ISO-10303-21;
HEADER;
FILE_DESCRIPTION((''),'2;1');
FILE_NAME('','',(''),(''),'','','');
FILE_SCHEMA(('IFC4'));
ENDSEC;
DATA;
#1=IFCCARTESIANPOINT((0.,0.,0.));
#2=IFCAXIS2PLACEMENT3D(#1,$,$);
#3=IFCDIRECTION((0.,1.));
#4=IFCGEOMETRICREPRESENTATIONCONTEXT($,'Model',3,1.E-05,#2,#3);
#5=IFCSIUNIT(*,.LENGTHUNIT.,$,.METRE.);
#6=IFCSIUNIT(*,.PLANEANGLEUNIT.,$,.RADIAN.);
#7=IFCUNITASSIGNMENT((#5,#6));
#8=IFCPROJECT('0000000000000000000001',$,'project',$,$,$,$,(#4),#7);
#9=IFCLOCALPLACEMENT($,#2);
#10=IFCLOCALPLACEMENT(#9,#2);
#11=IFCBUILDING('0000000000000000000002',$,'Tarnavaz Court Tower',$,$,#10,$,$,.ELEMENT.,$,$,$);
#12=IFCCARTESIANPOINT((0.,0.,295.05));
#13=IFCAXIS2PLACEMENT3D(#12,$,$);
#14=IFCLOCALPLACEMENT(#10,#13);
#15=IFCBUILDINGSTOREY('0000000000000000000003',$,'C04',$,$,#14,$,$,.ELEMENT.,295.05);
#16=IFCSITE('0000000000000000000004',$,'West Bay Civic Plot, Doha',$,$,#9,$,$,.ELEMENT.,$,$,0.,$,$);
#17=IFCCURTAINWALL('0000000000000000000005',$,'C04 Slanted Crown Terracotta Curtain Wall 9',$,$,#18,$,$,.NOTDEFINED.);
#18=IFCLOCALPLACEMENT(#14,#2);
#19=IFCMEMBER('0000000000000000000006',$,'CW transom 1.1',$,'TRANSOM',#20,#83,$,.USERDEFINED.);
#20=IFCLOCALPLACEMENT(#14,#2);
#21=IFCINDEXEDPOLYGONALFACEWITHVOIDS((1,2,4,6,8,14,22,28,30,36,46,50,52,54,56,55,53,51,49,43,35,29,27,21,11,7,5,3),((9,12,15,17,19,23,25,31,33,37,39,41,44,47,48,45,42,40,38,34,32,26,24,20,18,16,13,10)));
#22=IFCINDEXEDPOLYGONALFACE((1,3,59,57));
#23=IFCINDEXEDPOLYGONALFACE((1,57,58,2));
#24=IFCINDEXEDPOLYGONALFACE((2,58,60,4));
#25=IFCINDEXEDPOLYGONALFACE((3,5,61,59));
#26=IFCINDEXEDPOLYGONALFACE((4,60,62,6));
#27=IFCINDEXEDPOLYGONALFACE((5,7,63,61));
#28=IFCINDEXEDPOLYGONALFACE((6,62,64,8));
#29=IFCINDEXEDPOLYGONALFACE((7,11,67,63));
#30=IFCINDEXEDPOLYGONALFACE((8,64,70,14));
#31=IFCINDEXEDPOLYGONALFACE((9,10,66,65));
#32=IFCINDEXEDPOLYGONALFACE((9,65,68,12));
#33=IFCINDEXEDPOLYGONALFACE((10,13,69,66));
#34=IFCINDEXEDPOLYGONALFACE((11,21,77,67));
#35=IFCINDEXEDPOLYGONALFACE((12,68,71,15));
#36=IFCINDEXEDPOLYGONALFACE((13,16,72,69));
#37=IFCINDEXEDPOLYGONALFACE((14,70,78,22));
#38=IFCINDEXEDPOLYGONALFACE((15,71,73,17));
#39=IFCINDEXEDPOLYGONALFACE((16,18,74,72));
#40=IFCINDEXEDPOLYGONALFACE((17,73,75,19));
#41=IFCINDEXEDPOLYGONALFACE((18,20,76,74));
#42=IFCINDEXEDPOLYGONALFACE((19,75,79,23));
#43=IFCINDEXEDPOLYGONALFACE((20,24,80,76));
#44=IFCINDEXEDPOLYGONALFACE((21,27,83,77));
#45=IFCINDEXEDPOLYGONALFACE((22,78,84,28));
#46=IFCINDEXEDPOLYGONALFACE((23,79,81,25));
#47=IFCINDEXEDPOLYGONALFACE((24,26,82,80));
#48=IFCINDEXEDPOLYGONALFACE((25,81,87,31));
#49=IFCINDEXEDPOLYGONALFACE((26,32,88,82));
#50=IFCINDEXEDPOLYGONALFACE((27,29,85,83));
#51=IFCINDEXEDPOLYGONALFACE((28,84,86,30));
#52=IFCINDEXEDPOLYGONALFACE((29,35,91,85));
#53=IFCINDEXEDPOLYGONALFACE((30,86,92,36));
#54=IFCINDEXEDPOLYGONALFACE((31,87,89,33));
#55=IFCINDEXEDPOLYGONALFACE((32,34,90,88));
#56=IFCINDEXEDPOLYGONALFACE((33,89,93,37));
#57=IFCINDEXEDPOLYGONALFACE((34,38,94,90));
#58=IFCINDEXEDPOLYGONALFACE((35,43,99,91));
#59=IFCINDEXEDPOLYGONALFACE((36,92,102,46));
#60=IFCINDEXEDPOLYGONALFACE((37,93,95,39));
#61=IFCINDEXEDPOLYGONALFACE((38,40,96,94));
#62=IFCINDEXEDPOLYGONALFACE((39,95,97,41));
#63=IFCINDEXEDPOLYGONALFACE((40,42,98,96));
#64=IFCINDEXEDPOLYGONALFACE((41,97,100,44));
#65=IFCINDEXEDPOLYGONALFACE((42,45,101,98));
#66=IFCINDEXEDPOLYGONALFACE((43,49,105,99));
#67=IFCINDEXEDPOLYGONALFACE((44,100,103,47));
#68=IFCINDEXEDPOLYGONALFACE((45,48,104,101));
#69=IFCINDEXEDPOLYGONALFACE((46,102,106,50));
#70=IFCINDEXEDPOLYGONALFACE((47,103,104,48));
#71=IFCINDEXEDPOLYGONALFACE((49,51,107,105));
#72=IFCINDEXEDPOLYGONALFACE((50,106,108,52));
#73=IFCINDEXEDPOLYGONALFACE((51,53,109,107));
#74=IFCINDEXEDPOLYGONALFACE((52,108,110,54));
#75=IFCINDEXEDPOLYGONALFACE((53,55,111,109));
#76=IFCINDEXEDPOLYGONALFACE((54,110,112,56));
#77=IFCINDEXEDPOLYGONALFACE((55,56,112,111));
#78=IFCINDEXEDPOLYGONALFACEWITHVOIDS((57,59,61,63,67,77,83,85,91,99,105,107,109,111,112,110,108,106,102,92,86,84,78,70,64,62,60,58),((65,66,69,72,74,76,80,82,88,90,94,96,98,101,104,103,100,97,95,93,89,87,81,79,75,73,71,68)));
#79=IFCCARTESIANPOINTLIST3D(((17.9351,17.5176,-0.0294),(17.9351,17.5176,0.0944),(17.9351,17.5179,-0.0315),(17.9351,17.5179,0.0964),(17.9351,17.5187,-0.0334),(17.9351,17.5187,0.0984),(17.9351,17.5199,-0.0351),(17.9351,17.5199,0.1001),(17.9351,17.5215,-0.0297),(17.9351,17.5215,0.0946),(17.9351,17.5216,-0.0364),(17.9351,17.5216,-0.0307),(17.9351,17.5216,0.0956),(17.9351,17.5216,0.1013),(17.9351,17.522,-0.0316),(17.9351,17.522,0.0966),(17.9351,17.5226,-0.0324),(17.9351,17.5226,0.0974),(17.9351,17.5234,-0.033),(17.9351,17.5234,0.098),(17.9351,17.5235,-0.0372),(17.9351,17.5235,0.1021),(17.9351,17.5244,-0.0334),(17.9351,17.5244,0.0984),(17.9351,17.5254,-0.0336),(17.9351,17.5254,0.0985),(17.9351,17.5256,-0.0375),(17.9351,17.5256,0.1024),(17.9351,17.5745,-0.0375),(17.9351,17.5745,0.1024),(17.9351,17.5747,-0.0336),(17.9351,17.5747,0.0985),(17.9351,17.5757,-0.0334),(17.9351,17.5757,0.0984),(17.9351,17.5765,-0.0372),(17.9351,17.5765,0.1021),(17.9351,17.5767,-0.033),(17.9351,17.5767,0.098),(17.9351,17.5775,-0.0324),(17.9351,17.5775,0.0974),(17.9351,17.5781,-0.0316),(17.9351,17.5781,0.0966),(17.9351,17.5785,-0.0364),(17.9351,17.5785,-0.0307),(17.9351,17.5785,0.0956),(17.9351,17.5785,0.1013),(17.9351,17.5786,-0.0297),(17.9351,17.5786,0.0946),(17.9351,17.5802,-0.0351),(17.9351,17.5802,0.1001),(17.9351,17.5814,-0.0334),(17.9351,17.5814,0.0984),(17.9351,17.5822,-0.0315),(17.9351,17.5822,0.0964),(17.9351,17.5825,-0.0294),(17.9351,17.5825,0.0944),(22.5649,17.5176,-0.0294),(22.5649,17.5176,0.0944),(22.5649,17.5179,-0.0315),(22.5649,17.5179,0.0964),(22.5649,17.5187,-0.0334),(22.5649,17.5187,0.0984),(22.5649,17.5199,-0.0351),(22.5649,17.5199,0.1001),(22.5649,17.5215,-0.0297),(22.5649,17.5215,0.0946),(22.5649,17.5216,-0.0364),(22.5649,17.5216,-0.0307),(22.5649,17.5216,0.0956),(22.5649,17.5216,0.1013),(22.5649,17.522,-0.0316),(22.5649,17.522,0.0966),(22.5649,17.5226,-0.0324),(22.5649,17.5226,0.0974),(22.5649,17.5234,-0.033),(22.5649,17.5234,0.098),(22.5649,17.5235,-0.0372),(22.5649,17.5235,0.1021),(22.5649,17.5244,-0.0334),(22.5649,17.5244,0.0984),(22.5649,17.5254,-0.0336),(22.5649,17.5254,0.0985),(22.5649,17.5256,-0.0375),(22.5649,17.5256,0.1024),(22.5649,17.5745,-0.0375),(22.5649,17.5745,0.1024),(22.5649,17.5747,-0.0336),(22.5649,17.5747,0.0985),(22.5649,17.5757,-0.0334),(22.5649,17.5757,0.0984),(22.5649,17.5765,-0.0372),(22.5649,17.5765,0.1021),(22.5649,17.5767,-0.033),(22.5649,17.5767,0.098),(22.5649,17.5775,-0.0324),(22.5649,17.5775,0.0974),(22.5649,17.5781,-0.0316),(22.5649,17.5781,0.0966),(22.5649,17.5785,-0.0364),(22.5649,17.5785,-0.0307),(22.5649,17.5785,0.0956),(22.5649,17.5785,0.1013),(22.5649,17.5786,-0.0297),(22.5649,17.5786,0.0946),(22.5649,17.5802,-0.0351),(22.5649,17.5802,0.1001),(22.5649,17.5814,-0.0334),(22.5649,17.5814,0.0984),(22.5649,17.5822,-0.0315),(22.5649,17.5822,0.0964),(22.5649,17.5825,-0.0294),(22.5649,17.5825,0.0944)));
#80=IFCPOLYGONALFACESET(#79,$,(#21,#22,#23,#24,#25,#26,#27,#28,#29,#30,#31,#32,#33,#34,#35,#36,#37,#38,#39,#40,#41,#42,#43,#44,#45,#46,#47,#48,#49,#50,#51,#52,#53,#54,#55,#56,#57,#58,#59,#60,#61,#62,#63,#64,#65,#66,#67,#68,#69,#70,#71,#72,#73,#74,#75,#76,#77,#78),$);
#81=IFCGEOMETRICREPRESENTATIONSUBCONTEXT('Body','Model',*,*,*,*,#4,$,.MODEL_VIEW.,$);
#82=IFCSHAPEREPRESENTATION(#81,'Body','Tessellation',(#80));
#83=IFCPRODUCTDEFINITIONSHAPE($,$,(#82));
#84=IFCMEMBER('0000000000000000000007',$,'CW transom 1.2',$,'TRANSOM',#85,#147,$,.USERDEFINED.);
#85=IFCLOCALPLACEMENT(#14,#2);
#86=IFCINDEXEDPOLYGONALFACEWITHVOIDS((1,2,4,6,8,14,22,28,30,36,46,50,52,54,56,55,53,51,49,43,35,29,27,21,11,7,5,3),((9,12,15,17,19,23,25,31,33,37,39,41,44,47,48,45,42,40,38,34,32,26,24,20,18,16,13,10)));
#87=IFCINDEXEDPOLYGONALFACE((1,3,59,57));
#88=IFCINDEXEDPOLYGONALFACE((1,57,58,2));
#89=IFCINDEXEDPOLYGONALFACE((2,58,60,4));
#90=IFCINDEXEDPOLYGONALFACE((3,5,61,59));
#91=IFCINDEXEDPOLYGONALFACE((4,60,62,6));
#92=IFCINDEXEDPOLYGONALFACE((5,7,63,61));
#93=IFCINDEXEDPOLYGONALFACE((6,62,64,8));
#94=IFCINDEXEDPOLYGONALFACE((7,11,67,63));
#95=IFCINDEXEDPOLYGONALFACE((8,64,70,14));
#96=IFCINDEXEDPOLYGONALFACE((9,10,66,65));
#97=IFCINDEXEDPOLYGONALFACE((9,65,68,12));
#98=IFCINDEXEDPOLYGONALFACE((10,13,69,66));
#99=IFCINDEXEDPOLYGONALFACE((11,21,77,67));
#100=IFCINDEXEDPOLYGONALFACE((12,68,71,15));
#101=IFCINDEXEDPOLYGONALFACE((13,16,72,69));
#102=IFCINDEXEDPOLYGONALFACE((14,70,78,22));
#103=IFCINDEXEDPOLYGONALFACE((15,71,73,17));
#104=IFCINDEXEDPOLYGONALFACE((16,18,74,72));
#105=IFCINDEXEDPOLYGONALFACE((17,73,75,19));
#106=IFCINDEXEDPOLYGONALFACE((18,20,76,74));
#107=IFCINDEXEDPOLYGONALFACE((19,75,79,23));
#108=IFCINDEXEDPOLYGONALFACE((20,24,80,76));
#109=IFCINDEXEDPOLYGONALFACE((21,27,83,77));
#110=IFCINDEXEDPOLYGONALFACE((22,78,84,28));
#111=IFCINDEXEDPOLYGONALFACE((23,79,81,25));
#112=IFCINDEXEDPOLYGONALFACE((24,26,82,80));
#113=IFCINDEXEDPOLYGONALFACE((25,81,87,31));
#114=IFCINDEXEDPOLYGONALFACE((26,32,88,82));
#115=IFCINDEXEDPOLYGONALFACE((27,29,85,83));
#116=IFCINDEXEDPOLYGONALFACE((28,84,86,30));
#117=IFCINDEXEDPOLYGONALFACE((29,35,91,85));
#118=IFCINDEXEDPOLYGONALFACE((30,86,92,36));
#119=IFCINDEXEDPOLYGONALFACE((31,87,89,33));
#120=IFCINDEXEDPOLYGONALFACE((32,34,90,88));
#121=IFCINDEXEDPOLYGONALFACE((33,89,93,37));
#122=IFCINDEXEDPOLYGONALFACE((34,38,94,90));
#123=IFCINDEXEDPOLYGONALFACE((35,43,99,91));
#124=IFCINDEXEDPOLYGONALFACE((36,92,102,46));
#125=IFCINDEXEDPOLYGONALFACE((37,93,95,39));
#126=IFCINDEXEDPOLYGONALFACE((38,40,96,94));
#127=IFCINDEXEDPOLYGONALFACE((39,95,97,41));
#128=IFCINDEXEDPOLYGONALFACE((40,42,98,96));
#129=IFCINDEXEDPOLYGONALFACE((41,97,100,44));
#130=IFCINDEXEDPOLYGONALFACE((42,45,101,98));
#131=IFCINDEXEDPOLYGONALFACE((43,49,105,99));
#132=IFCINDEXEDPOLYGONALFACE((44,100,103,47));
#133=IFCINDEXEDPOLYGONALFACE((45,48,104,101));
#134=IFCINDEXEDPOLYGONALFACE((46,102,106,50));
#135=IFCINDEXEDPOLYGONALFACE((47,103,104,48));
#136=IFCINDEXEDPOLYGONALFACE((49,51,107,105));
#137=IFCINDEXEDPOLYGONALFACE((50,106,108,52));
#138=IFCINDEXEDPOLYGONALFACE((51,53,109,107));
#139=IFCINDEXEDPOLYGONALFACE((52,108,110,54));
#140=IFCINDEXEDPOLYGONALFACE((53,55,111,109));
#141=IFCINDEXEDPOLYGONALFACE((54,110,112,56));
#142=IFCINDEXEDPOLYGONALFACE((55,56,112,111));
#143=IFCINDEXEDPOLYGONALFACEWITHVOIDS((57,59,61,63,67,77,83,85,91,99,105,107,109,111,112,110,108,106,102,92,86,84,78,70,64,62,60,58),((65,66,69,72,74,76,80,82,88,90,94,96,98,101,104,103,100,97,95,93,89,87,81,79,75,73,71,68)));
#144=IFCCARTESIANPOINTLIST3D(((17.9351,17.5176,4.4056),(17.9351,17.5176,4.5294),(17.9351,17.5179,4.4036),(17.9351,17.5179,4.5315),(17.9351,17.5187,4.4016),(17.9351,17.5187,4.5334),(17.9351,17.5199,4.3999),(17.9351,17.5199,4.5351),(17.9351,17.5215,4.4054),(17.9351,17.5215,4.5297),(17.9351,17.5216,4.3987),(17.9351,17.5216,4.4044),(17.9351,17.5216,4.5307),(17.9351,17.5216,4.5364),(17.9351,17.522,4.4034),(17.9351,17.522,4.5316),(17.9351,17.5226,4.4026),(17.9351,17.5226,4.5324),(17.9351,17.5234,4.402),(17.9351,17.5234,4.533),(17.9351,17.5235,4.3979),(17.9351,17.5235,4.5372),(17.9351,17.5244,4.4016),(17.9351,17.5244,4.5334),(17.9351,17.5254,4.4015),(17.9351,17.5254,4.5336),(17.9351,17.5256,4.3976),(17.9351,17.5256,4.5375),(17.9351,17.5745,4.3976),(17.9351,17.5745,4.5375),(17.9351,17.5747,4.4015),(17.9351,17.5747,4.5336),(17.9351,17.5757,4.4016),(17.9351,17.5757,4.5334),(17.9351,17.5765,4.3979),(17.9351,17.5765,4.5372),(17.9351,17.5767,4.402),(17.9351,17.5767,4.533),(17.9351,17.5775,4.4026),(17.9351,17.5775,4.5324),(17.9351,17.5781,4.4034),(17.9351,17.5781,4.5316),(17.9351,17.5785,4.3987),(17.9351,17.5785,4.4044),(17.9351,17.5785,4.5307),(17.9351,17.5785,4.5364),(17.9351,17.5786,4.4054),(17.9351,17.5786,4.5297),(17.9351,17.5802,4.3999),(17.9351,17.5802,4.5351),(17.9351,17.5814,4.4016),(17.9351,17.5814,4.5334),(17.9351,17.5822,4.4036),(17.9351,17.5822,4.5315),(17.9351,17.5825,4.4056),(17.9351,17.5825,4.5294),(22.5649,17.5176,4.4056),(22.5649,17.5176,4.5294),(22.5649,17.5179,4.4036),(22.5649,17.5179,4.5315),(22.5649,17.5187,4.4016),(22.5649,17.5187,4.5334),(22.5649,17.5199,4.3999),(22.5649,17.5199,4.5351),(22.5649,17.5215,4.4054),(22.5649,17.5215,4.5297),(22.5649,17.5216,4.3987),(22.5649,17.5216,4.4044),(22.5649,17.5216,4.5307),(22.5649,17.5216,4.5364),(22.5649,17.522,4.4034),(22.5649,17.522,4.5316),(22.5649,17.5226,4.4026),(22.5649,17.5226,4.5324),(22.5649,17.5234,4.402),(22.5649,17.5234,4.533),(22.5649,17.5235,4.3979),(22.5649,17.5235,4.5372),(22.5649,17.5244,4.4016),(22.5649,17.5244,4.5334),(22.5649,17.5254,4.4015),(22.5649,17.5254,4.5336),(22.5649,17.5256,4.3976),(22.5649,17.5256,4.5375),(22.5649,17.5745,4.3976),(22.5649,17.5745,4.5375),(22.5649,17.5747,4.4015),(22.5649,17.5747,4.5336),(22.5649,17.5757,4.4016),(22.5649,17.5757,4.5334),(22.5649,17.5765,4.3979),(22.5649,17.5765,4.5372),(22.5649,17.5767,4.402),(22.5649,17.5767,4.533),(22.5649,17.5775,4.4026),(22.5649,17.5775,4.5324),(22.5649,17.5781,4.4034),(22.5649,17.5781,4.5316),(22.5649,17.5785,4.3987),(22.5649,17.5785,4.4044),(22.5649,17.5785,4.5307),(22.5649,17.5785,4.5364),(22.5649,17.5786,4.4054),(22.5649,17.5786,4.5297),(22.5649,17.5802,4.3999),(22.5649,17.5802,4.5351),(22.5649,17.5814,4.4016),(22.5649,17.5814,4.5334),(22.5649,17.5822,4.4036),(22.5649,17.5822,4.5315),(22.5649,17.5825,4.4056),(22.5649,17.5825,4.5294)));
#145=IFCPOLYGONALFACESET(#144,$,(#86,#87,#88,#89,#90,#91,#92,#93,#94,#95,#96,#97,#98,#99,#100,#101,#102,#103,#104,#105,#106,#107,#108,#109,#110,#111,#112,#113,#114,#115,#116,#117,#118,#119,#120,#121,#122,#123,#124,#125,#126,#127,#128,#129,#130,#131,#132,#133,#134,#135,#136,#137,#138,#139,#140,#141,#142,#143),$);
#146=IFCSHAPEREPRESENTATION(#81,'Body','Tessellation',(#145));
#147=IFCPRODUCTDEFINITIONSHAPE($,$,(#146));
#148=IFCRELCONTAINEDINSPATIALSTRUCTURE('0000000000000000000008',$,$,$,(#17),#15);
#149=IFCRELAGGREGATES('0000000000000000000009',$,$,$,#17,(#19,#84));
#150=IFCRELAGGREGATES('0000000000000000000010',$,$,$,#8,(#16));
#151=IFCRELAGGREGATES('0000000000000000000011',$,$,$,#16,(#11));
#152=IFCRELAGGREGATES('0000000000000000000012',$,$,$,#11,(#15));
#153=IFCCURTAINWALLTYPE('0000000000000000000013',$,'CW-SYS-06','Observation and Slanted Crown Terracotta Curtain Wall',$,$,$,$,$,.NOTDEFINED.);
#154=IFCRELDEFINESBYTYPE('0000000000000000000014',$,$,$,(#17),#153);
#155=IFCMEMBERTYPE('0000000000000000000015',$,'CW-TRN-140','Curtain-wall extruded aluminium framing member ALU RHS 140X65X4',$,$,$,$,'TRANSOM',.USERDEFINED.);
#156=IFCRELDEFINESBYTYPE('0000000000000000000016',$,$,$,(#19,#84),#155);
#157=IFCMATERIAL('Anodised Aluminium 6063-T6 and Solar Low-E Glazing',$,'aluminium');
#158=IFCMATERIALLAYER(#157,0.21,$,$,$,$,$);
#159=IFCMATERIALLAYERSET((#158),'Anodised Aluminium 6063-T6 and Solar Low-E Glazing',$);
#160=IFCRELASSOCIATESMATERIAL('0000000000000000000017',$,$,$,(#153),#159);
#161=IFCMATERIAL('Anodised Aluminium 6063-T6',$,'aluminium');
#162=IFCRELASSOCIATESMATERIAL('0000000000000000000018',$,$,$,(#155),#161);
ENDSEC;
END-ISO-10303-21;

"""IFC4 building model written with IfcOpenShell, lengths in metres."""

from ifc_helpers import new_model, si_unit, direction, frame, origin, origin_2d, place, context, subcontext, project, spatial, hollow_rectangle, extrude, material, layer, layer_set, material_profile, profile_set, type_object, element, aggregate, save


model = new_model("IFC4")

# Units and contexts
model_context = context("Model", 3, precision=1e-05, world=origin(), true_north=direction((0.0, 1.0)))
body_context = subcontext(model_context, "Body", "Model", "MODEL_VIEW")
ifc_project = project(units=[si_unit("LENGTHUNIT", "METRE"), si_unit("PLANEANGLEUNIT", "RADIAN")], contexts=[model_context])

# Site, building, storey
site_placement = place(None, origin())
site = spatial("IfcSite", under=ifc_project, at=site_placement, Name="West Bay Civic Plot, Doha", CompositionType="ELEMENT", RefElevation=0.0)
building_placement = place(site_placement, origin())
building = spatial("IfcBuilding", under=site, at=building_placement, Name="Tarnavaz Court Tower", CompositionType="ELEMENT")
storey_placement = place(building_placement, frame((0.0, 0.0, 295.05)))
storey = spatial("IfcBuildingStorey", under=building, at=storey_placement, Name="C04", CompositionType="ELEMENT", Elevation=295.05)

# Shared definitions
ifc_material_1 = material(Name="Anodised Aluminium 6063-T6 and Solar Low-E Glazing", Category="aluminium")
ifc_layer_1 = layer(ifc_material_1, 0.21)
ifc_layer_set_1 = layer_set([ifc_layer_1], Name="Anodised Aluminium 6063-T6 and Solar Low-E Glazing")
curtain_wall_type = type_object("IfcCurtainWallType", Name="CW-SYS-06", Description="Observation and Slanted Crown Terracotta Curtain Wall", PredefinedType="NOTDEFINED", material=ifc_layer_set_1)
ifc_material_2 = material(Name="Anodised Aluminium 6063-T6", Category="aluminium")

# Curtain wall
curtain_wall_1_placement = place(storey_placement, origin())
curtain_wall_1 = element("IfcCurtainWall", 1, at=curtain_wall_1_placement, inside=storey, type_object=curtain_wall_type, Name="C04 Slanted Crown Terracotta Curtain Wall 9", PredefinedType="NOTDEFINED")

# Members
ifc_material_profile_1 = material_profile(ifc_material_2, hollow_rectangle(XDim=0.0649, YDim=0.1399, WallThickness=0.0039, InnerFilletRadius=0.0039, OuterFilletRadius=0.0081, at=origin_2d()), Name="ALU RHS 140X65X4")
ifc_profile_set_1 = profile_set([ifc_material_profile_1], Name="Anodised Aluminium 6063-T6")
member_type_1 = type_object("IfcMemberType", Name="CW-TRN-140", Description="Curtain-wall extruded aluminium framing member ALU RHS 140X65X4", ElementType="TRANSOM", PredefinedType="USERDEFINED", material=ifc_profile_set_1)
member_1_placement = place(storey_placement, frame((17.9351, 17.55, 0.0325), z_axis=(1.0, 0.0, 0.0), x_axis=(0.0, 1.0, 0.0)))
member_1 = element("IfcMember", 2, at=member_1_placement, type_object=member_type_1, Name="CW transom 1.1", ObjectType="TRANSOM", PredefinedType="USERDEFINED", context=body_context, shape_type="SweptSolid", body=[
    extrude(hollow_rectangle(XDim=0.0649, YDim=0.1399, WallThickness=0.0039, InnerFilletRadius=0.0039, OuterFilletRadius=0.0081, at=origin_2d()), origin(), (0.0, 0.0, 1.0), 4.6299),
])
member_2_placement = place(storey_placement, frame((17.9351, 17.55, 4.4675), z_axis=(1.0, 0.0, 0.0), x_axis=(0.0, 1.0, 0.0)))
member_2 = element("IfcMember", 3, at=member_2_placement, type_object=member_type_1, Name="CW transom 1.2", ObjectType="TRANSOM", PredefinedType="USERDEFINED", context=body_context, shape_type="SweptSolid", body=[
    extrude(hollow_rectangle(XDim=0.0649, YDim=0.1399, WallThickness=0.0039, InnerFilletRadius=0.0039, OuterFilletRadius=0.0081, at=origin_2d()), origin(), (0.0, 0.0, 1.0), 4.6299),
])

aggregate(curtain_wall_1, [member_1, member_2])

save(model, "model.ifc")
